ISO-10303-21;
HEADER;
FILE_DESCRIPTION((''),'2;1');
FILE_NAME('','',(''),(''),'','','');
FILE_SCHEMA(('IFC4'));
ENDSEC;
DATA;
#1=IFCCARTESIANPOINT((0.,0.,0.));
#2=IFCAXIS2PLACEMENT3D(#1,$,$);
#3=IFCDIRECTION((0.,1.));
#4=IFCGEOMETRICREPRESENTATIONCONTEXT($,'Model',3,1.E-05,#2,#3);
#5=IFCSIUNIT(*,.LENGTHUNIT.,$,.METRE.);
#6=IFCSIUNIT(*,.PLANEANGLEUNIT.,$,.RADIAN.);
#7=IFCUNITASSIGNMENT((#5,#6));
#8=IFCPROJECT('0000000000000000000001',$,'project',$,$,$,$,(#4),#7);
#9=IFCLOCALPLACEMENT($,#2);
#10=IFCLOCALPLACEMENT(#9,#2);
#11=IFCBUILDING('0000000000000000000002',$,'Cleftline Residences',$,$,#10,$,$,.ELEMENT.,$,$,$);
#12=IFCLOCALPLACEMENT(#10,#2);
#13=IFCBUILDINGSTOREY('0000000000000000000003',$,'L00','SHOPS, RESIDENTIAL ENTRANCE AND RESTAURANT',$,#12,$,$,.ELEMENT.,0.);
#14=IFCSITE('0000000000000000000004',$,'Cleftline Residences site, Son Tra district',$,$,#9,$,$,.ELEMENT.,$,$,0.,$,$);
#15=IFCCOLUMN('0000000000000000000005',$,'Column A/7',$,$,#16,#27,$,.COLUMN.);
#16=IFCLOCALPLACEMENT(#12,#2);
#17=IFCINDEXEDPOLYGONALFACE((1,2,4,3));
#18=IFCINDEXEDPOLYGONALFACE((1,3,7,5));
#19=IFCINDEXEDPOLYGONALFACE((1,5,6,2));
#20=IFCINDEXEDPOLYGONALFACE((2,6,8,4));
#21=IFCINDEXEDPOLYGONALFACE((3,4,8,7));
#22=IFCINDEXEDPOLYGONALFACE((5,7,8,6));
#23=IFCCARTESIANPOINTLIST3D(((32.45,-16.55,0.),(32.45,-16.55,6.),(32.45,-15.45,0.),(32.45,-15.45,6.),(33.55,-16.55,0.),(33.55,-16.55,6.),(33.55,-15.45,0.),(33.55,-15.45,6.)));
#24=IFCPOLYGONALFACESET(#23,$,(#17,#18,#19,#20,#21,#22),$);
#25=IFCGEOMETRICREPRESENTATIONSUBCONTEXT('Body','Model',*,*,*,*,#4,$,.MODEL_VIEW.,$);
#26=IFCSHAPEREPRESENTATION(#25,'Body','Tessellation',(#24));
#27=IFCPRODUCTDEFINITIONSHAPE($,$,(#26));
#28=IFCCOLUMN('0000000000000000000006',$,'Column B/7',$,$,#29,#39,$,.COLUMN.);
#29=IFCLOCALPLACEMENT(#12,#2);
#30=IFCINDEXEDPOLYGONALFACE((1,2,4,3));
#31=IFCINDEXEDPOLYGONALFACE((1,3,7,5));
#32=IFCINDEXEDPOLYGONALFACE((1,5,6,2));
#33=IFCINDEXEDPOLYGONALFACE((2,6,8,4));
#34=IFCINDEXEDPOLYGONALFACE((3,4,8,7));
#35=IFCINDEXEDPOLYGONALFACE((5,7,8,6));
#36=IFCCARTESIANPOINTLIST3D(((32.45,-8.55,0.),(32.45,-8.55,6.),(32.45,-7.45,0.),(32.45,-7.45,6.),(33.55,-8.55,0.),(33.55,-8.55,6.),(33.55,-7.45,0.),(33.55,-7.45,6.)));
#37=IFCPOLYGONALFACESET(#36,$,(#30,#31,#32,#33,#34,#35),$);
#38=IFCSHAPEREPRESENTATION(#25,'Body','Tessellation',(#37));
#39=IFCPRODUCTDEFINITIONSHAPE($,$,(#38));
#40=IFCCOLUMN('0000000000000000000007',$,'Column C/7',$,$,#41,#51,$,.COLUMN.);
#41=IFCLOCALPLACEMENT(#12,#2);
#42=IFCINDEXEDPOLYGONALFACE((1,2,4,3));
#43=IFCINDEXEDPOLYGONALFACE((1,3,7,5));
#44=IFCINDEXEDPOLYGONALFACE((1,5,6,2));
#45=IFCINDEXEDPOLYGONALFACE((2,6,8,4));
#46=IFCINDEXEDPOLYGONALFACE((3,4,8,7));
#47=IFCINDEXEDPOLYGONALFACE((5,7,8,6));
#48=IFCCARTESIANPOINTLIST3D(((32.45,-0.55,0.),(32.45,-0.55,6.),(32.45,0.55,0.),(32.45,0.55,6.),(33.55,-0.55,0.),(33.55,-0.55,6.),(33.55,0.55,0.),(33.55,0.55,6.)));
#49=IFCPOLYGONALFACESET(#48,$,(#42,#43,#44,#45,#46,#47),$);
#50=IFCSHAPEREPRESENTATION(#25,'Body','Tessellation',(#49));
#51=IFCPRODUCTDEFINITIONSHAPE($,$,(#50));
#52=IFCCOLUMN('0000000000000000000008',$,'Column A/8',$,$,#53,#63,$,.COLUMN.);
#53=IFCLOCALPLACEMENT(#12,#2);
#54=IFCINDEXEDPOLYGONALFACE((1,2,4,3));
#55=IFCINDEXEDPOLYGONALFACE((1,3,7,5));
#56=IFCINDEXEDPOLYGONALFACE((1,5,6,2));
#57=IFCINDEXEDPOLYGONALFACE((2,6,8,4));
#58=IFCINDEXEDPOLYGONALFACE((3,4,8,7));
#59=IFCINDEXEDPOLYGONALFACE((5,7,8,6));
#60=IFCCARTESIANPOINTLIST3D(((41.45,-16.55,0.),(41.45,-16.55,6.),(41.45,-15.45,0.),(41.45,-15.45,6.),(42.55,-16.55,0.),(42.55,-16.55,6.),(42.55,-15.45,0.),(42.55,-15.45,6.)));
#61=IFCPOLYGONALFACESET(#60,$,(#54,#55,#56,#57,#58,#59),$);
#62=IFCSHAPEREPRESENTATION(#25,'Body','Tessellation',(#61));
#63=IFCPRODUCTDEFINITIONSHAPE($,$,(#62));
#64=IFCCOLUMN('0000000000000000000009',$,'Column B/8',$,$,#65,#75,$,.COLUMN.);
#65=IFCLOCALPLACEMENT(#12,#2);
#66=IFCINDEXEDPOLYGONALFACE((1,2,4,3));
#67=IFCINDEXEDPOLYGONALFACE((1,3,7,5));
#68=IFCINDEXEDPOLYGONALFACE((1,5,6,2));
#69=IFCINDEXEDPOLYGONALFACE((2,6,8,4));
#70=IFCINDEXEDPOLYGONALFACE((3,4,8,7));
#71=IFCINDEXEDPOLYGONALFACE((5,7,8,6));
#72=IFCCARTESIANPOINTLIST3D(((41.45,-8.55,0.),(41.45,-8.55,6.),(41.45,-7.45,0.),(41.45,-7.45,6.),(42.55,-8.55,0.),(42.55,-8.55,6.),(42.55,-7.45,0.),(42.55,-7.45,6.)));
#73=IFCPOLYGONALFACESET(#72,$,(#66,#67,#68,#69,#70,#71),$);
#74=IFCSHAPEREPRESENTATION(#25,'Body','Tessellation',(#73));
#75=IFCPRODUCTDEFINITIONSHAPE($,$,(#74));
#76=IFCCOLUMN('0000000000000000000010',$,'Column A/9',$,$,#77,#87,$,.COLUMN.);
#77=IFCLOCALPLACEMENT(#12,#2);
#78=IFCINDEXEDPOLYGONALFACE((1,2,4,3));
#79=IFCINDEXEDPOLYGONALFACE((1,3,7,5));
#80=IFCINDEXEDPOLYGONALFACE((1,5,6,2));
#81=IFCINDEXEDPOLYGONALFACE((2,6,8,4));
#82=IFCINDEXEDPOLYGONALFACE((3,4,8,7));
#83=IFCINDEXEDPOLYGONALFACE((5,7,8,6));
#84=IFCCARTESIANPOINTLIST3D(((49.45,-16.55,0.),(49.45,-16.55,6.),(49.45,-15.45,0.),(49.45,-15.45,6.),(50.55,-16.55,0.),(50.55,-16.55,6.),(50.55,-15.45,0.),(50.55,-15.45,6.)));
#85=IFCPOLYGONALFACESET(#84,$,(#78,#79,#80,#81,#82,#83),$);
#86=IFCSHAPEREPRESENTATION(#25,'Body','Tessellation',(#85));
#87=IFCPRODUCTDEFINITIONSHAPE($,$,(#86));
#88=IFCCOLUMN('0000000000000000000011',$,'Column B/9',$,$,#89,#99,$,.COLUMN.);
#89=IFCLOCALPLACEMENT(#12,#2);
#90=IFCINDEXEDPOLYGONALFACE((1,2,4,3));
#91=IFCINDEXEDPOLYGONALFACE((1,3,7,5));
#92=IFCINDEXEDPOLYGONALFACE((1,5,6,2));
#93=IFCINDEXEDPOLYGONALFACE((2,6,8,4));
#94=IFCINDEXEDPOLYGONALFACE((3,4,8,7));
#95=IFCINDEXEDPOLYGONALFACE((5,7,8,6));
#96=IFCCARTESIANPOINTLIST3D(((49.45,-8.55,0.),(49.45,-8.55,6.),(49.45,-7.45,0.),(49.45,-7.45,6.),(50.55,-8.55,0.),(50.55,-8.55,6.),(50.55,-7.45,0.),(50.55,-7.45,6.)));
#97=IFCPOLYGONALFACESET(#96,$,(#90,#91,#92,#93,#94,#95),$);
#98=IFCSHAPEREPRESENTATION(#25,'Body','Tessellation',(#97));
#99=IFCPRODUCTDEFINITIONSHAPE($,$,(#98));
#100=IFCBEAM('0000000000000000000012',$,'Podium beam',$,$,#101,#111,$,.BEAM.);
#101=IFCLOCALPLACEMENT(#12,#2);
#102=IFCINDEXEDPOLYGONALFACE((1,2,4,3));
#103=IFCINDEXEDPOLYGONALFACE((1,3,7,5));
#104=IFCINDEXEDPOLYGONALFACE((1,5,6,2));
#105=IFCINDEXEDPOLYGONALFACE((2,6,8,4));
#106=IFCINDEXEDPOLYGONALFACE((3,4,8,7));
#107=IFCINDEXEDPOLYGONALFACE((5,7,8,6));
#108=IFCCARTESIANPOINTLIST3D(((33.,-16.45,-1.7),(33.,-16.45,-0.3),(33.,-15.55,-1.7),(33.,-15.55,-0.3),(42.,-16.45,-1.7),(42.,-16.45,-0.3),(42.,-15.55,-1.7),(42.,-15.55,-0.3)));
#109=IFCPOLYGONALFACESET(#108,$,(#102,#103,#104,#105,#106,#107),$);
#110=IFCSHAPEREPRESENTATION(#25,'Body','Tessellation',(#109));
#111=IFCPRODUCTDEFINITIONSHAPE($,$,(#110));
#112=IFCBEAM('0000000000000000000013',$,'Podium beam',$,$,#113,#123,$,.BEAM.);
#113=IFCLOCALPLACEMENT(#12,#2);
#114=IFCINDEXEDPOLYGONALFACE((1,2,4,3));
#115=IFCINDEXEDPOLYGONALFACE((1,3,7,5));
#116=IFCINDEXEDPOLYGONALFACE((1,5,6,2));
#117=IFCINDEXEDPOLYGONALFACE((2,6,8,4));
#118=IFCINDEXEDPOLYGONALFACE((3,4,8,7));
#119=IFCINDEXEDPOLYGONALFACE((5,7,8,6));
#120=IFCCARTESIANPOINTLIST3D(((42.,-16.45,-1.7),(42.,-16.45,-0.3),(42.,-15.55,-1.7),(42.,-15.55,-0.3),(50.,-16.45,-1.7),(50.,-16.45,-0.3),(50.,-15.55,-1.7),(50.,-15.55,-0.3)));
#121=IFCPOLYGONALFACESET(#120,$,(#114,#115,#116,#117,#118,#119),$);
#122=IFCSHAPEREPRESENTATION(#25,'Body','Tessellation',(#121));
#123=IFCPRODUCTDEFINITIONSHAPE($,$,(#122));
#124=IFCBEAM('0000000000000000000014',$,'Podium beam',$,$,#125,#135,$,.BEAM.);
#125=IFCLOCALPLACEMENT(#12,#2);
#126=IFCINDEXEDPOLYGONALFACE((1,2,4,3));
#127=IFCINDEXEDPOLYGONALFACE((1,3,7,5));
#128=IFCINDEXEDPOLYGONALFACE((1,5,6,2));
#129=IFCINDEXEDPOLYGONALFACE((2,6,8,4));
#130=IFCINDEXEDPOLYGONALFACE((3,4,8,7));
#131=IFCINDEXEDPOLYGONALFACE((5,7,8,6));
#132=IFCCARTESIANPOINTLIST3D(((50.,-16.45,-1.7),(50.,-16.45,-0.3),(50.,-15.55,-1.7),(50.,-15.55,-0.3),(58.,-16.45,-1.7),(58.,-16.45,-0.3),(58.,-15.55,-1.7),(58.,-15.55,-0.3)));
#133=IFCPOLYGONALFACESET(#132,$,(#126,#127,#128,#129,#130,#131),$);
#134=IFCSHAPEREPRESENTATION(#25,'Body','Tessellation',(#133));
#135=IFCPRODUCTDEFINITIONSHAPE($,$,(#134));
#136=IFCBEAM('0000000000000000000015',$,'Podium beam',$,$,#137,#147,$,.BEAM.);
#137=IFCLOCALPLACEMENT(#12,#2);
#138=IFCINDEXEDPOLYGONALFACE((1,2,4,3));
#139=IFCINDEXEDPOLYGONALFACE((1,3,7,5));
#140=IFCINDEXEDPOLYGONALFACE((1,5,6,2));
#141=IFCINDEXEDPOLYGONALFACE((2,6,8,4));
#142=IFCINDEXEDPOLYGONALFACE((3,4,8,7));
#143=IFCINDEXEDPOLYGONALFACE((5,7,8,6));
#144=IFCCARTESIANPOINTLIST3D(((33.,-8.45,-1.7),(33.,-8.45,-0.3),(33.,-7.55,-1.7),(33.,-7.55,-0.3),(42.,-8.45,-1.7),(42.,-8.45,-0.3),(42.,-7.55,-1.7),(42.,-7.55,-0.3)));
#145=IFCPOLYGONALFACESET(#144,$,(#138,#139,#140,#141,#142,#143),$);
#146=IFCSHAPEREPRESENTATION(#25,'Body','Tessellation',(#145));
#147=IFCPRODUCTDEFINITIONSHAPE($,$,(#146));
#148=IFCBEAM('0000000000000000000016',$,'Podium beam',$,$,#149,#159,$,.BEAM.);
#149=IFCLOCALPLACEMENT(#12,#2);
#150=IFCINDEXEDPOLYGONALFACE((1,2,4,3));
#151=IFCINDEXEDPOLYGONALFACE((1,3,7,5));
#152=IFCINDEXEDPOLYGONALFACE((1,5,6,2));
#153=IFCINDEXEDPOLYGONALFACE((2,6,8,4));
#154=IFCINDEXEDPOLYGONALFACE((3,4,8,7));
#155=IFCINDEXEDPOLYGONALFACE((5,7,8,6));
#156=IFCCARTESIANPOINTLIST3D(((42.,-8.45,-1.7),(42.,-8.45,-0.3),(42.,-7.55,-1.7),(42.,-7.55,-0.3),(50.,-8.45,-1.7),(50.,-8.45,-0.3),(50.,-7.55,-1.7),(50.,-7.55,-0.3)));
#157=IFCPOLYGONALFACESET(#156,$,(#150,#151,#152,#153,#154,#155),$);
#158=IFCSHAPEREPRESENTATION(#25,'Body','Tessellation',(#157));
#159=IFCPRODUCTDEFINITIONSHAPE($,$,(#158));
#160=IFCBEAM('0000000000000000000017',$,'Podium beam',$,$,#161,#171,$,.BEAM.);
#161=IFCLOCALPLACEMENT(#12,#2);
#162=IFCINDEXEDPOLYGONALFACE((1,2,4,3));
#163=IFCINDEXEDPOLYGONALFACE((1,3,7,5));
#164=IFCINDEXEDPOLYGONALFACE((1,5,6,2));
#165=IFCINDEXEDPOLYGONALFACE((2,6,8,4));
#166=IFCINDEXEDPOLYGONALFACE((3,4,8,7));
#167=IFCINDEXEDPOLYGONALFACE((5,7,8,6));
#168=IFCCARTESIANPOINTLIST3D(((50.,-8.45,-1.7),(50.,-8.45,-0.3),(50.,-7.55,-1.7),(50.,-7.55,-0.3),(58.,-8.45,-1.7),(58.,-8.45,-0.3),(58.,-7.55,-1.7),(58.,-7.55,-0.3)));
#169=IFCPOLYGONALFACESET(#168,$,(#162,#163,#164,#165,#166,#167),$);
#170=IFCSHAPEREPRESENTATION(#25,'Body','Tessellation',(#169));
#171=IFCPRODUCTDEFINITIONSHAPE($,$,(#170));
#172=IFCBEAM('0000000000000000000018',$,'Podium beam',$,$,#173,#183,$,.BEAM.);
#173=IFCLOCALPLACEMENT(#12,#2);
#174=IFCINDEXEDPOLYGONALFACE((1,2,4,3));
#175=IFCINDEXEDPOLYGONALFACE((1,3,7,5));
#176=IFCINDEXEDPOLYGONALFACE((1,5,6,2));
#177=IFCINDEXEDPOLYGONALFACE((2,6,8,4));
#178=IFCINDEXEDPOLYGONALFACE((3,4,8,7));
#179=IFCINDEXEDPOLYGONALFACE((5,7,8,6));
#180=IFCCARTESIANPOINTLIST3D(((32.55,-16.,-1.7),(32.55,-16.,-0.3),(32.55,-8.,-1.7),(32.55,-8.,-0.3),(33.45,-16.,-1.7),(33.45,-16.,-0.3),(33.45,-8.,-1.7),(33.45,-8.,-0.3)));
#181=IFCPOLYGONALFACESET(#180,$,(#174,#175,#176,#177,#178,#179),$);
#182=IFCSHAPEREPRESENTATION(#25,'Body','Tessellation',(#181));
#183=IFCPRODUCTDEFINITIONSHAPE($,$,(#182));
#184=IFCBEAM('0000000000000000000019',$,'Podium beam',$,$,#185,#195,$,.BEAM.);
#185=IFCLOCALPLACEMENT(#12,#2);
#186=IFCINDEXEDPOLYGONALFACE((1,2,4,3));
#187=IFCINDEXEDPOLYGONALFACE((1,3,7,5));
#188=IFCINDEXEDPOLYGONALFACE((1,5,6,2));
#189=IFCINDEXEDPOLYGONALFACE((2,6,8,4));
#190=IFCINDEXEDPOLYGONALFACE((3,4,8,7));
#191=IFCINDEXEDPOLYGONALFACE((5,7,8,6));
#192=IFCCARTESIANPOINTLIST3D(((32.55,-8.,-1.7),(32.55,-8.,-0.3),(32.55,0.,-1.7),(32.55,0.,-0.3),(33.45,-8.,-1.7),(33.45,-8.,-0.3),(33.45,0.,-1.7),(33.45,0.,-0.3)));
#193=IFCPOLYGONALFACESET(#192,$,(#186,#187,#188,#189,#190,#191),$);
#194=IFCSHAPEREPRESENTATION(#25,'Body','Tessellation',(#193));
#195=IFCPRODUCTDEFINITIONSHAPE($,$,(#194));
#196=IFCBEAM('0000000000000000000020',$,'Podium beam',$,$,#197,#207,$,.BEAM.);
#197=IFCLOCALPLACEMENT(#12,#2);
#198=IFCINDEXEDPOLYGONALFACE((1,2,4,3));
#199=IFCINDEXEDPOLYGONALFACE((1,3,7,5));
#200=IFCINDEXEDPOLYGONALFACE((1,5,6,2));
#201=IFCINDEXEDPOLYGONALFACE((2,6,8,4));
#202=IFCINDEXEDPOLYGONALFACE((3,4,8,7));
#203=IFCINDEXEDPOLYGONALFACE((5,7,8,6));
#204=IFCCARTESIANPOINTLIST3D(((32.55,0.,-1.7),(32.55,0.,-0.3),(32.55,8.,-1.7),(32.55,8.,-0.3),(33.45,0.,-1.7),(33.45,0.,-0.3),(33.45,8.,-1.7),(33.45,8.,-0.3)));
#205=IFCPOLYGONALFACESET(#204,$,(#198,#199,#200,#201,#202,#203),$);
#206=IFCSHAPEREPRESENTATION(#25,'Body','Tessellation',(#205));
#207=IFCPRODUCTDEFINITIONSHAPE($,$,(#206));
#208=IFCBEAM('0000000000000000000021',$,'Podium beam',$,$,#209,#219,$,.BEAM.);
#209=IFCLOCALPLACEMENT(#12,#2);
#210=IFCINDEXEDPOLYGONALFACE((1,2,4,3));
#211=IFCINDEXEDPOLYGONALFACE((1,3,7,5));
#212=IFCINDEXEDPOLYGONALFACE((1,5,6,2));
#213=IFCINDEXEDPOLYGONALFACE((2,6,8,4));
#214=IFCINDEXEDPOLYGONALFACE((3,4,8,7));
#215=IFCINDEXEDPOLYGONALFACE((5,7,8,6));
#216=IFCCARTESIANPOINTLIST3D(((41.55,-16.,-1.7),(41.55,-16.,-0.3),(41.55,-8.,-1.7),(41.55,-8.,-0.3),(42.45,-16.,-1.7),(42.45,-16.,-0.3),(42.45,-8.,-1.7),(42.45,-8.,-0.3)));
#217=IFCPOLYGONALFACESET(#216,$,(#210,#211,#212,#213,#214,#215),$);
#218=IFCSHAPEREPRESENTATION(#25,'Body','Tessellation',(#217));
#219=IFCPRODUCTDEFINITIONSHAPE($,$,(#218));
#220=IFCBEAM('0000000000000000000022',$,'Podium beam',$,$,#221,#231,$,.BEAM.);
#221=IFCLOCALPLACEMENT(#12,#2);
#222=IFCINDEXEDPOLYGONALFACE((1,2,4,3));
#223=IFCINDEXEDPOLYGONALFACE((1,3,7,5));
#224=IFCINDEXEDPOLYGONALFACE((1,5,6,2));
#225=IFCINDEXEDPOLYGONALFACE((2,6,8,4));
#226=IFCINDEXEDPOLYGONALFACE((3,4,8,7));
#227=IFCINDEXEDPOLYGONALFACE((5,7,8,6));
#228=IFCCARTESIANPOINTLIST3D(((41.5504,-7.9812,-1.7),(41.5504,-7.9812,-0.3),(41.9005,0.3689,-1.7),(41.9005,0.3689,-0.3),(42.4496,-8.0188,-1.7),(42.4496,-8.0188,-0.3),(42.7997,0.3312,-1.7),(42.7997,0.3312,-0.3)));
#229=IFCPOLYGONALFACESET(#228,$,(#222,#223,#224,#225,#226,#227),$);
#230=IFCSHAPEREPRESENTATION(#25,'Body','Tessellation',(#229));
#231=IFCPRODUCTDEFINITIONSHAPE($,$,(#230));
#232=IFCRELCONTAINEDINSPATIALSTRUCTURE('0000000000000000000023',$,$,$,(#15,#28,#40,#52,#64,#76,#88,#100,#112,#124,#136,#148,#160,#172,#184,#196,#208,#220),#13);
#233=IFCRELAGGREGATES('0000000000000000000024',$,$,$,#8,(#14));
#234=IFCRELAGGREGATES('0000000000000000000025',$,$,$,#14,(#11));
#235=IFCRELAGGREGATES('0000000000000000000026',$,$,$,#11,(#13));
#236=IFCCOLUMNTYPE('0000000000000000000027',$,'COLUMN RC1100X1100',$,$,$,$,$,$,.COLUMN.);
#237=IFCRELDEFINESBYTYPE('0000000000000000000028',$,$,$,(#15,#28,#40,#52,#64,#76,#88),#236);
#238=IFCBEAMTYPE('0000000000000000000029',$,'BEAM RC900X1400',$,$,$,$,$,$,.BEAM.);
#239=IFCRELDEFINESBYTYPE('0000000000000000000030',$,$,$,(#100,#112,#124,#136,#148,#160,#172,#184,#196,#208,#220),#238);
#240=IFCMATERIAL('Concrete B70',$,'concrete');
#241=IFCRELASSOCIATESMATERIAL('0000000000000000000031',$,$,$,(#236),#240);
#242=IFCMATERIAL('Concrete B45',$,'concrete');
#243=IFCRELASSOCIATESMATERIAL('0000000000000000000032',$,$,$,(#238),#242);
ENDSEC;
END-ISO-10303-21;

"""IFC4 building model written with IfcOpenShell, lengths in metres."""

from ifc_helpers import new_model, si_unit, direction, frame, origin, origin_2d, place, context, subcontext, project, spatial, rectangle, extrude, material, material_profile, profile_set, type_object, element, save


model = new_model("IFC4")

# Units and contexts
model_context = context("Model", 3, precision=1e-05, world=origin(), true_north=direction((0.0, 1.0)))
body_context = subcontext(model_context, "Body", "Model", "MODEL_VIEW")
ifc_project = project(units=[si_unit("LENGTHUNIT", "METRE"), si_unit("PLANEANGLEUNIT", "RADIAN")], contexts=[model_context])

# Site, building, storey
site_placement = place(None, origin())
site = spatial("IfcSite", under=ifc_project, at=site_placement, Name="Cleftline Residences site, Son Tra district", CompositionType="ELEMENT", RefElevation=0.0)
building_placement = place(site_placement, origin())
building = spatial("IfcBuilding", under=site, at=building_placement, Name="Cleftline Residences", CompositionType="ELEMENT")
storey_placement = place(building_placement, origin())
storey = spatial("IfcBuildingStorey", under=building, at=storey_placement, Name="L00", Description="SHOPS, RESIDENTIAL ENTRANCE AND RESTAURANT", CompositionType="ELEMENT", Elevation=0.0)

# Columns
ifc_material_1 = material(Name="Concrete B70", Category="concrete")
ifc_material_profile_1 = material_profile(ifc_material_1, rectangle(XDim=1.1001, YDim=1.1001, at=origin_2d()))
ifc_profile_set_1 = profile_set([ifc_material_profile_1], Name="Concrete B70")
column_type = type_object("IfcColumnType", Name="COLUMN RC1100X1100", PredefinedType="COLUMN", material=ifc_profile_set_1)
for number, where, z_axis, x_axis, name in (
    (1, (33.0, -16.0, 0.0), (0.0, 0.0, 1.0), (1.0, 0.0, 0.0), "Column A/7"),
    (2, (33.0, -8.0, 0.0), (0.0, 0.0, 1.0), (1.0, 0.0, 0.0), "Column B/7"),
    (3, (33.0, 0.0, 0.0), (0.0, 0.0, 1.0), (1.0, 0.0, 0.0), "Column C/7"),
    (4, (42.0, -16.0, 0.0), (0.0, 0.0, 1.0), (1.0, 0.0, 0.0), "Column A/8"),
    (5, (42.0, -8.0, 0.0), (0.0, 0.0, 1.0), (1.0, 0.0, 0.0), "Column B/8"),
    (6, (50.0, -16.0, 0.0), (0.0, 0.0, 1.0), (1.0, 0.0, 0.0), "Column A/9"),
    (7, (50.0, -8.0, 0.0), (0.0, 0.0, 1.0), (1.0, 0.0, 0.0), "Column B/9"),
):
    element("IfcColumn", number, at=place(storey_placement, frame(where, z_axis=z_axis, x_axis=x_axis)), inside=storey, type_object=column_type, Name=name, PredefinedType="COLUMN", context=body_context, shape_type="SweptSolid", body=[
        extrude(rectangle(XDim=1.1001, YDim=1.1001, at=origin_2d()), origin(), (0.0, 0.0, 1.0), 6.0),
    ])

# Beams
ifc_material_2 = material(Name="Concrete B45", Category="concrete")
ifc_material_profile_2 = material_profile(ifc_material_2, rectangle(XDim=0.8999, YDim=1.3999, at=origin_2d()))
ifc_profile_set_2 = profile_set([ifc_material_profile_2], Name="Concrete B45")
beam_type = type_object("IfcBeamType", Name="BEAM RC900X1400", PredefinedType="BEAM", material=ifc_profile_set_2)
beam_1_placement = place(storey_placement, frame((33.0, -16.0, -1.0), z_axis=(1.0, 0.0, 0.0), x_axis=(0.0, 1.0, 0.0)))
element("IfcBeam", 8, at=beam_1_placement, inside=storey, type_object=beam_type, Name="Podium beam", PredefinedType="BEAM", context=body_context, shape_type="SweptSolid", body=[
    extrude(rectangle(XDim=0.8999, YDim=1.3999, at=origin_2d()), origin(), (0.0, 0.0, 1.0), 9.0),
])
for number, where, z_axis, x_axis, name in (
    (9, (42.0, -16.0, -1.0), (1.0, 0.0, 0.0), (0.0, 1.0, 0.0), "Podium beam"),
    (10, (50.0, -16.0, -1.0), (1.0, 0.0, 0.0), (0.0, 1.0, 0.0), "Podium beam"),
):
    element("IfcBeam", number, at=place(storey_placement, frame(where, z_axis=z_axis, x_axis=x_axis)), inside=storey, type_object=beam_type, Name=name, PredefinedType="BEAM", context=body_context, shape_type="SweptSolid", body=[
        extrude(rectangle(XDim=0.8999, YDim=1.3999, at=origin_2d()), origin(), (0.0, 0.0, 1.0), 8.0),
    ])
beam_2_placement = place(storey_placement, frame((33.0, -8.0, -1.0), z_axis=(1.0, 0.0, 0.0), x_axis=(0.0, 1.0, 0.0)))
element("IfcBeam", 11, at=beam_2_placement, inside=storey, type_object=beam_type, Name="Podium beam", PredefinedType="BEAM", context=body_context, shape_type="SweptSolid", body=[
    extrude(rectangle(XDim=0.8999, YDim=1.3999, at=origin_2d()), origin(), (0.0, 0.0, 1.0), 9.0),
])
for number, where, z_axis, x_axis, name in (
    (12, (42.0, -8.0, -1.0), (1.0, 0.0, 0.0), (0.0, 1.0, 0.0), "Podium beam"),
    (13, (50.0, -8.0, -1.0), (1.0, 0.0, 0.0), (0.0, 1.0, 0.0), "Podium beam"),
    (14, (33.0, -16.0, -1.0), (0.0, 1.0, 0.0), (-1.0, 0.0, 0.0), "Podium beam"),
    (15, (33.0, -8.0, -1.0), (0.0, 1.0, 0.0), (-1.0, 0.0, 0.0), "Podium beam"),
    (16, (33.0, 0.0, -1.0), (0.0, 1.0, 0.0), (-1.0, 0.0, 0.0), "Podium beam"),
    (17, (42.0, -16.0, -1.0), (0.0, 1.0, 0.0), (-1.0, 0.0, 0.0), "Podium beam"),
):
    element("IfcBeam", number, at=place(storey_placement, frame(where, z_axis=z_axis, x_axis=x_axis)), inside=storey, type_object=beam_type, Name=name, PredefinedType="BEAM", context=body_context, shape_type="SweptSolid", body=[
        extrude(rectangle(XDim=0.8999, YDim=1.3999, at=origin_2d()), origin(), (0.0, 0.0, 1.0), 8.0),
    ])
beam_3_placement = place(storey_placement, frame((42.0, -8.0, -1.0), z_axis=(0.041891, 0.999122, 0.0), x_axis=(-0.999122, 0.041891, 0.0)))
element("IfcBeam", 18, at=beam_3_placement, inside=storey, type_object=beam_type, Name="Podium beam", PredefinedType="BEAM", context=body_context, shape_type="SweptSolid", body=[
    extrude(rectangle(XDim=0.8999, YDim=1.3999, at=origin_2d()), origin(), (0.0, 0.0, 1.0), 8.3574),
])

save(model, "model.ifc")
